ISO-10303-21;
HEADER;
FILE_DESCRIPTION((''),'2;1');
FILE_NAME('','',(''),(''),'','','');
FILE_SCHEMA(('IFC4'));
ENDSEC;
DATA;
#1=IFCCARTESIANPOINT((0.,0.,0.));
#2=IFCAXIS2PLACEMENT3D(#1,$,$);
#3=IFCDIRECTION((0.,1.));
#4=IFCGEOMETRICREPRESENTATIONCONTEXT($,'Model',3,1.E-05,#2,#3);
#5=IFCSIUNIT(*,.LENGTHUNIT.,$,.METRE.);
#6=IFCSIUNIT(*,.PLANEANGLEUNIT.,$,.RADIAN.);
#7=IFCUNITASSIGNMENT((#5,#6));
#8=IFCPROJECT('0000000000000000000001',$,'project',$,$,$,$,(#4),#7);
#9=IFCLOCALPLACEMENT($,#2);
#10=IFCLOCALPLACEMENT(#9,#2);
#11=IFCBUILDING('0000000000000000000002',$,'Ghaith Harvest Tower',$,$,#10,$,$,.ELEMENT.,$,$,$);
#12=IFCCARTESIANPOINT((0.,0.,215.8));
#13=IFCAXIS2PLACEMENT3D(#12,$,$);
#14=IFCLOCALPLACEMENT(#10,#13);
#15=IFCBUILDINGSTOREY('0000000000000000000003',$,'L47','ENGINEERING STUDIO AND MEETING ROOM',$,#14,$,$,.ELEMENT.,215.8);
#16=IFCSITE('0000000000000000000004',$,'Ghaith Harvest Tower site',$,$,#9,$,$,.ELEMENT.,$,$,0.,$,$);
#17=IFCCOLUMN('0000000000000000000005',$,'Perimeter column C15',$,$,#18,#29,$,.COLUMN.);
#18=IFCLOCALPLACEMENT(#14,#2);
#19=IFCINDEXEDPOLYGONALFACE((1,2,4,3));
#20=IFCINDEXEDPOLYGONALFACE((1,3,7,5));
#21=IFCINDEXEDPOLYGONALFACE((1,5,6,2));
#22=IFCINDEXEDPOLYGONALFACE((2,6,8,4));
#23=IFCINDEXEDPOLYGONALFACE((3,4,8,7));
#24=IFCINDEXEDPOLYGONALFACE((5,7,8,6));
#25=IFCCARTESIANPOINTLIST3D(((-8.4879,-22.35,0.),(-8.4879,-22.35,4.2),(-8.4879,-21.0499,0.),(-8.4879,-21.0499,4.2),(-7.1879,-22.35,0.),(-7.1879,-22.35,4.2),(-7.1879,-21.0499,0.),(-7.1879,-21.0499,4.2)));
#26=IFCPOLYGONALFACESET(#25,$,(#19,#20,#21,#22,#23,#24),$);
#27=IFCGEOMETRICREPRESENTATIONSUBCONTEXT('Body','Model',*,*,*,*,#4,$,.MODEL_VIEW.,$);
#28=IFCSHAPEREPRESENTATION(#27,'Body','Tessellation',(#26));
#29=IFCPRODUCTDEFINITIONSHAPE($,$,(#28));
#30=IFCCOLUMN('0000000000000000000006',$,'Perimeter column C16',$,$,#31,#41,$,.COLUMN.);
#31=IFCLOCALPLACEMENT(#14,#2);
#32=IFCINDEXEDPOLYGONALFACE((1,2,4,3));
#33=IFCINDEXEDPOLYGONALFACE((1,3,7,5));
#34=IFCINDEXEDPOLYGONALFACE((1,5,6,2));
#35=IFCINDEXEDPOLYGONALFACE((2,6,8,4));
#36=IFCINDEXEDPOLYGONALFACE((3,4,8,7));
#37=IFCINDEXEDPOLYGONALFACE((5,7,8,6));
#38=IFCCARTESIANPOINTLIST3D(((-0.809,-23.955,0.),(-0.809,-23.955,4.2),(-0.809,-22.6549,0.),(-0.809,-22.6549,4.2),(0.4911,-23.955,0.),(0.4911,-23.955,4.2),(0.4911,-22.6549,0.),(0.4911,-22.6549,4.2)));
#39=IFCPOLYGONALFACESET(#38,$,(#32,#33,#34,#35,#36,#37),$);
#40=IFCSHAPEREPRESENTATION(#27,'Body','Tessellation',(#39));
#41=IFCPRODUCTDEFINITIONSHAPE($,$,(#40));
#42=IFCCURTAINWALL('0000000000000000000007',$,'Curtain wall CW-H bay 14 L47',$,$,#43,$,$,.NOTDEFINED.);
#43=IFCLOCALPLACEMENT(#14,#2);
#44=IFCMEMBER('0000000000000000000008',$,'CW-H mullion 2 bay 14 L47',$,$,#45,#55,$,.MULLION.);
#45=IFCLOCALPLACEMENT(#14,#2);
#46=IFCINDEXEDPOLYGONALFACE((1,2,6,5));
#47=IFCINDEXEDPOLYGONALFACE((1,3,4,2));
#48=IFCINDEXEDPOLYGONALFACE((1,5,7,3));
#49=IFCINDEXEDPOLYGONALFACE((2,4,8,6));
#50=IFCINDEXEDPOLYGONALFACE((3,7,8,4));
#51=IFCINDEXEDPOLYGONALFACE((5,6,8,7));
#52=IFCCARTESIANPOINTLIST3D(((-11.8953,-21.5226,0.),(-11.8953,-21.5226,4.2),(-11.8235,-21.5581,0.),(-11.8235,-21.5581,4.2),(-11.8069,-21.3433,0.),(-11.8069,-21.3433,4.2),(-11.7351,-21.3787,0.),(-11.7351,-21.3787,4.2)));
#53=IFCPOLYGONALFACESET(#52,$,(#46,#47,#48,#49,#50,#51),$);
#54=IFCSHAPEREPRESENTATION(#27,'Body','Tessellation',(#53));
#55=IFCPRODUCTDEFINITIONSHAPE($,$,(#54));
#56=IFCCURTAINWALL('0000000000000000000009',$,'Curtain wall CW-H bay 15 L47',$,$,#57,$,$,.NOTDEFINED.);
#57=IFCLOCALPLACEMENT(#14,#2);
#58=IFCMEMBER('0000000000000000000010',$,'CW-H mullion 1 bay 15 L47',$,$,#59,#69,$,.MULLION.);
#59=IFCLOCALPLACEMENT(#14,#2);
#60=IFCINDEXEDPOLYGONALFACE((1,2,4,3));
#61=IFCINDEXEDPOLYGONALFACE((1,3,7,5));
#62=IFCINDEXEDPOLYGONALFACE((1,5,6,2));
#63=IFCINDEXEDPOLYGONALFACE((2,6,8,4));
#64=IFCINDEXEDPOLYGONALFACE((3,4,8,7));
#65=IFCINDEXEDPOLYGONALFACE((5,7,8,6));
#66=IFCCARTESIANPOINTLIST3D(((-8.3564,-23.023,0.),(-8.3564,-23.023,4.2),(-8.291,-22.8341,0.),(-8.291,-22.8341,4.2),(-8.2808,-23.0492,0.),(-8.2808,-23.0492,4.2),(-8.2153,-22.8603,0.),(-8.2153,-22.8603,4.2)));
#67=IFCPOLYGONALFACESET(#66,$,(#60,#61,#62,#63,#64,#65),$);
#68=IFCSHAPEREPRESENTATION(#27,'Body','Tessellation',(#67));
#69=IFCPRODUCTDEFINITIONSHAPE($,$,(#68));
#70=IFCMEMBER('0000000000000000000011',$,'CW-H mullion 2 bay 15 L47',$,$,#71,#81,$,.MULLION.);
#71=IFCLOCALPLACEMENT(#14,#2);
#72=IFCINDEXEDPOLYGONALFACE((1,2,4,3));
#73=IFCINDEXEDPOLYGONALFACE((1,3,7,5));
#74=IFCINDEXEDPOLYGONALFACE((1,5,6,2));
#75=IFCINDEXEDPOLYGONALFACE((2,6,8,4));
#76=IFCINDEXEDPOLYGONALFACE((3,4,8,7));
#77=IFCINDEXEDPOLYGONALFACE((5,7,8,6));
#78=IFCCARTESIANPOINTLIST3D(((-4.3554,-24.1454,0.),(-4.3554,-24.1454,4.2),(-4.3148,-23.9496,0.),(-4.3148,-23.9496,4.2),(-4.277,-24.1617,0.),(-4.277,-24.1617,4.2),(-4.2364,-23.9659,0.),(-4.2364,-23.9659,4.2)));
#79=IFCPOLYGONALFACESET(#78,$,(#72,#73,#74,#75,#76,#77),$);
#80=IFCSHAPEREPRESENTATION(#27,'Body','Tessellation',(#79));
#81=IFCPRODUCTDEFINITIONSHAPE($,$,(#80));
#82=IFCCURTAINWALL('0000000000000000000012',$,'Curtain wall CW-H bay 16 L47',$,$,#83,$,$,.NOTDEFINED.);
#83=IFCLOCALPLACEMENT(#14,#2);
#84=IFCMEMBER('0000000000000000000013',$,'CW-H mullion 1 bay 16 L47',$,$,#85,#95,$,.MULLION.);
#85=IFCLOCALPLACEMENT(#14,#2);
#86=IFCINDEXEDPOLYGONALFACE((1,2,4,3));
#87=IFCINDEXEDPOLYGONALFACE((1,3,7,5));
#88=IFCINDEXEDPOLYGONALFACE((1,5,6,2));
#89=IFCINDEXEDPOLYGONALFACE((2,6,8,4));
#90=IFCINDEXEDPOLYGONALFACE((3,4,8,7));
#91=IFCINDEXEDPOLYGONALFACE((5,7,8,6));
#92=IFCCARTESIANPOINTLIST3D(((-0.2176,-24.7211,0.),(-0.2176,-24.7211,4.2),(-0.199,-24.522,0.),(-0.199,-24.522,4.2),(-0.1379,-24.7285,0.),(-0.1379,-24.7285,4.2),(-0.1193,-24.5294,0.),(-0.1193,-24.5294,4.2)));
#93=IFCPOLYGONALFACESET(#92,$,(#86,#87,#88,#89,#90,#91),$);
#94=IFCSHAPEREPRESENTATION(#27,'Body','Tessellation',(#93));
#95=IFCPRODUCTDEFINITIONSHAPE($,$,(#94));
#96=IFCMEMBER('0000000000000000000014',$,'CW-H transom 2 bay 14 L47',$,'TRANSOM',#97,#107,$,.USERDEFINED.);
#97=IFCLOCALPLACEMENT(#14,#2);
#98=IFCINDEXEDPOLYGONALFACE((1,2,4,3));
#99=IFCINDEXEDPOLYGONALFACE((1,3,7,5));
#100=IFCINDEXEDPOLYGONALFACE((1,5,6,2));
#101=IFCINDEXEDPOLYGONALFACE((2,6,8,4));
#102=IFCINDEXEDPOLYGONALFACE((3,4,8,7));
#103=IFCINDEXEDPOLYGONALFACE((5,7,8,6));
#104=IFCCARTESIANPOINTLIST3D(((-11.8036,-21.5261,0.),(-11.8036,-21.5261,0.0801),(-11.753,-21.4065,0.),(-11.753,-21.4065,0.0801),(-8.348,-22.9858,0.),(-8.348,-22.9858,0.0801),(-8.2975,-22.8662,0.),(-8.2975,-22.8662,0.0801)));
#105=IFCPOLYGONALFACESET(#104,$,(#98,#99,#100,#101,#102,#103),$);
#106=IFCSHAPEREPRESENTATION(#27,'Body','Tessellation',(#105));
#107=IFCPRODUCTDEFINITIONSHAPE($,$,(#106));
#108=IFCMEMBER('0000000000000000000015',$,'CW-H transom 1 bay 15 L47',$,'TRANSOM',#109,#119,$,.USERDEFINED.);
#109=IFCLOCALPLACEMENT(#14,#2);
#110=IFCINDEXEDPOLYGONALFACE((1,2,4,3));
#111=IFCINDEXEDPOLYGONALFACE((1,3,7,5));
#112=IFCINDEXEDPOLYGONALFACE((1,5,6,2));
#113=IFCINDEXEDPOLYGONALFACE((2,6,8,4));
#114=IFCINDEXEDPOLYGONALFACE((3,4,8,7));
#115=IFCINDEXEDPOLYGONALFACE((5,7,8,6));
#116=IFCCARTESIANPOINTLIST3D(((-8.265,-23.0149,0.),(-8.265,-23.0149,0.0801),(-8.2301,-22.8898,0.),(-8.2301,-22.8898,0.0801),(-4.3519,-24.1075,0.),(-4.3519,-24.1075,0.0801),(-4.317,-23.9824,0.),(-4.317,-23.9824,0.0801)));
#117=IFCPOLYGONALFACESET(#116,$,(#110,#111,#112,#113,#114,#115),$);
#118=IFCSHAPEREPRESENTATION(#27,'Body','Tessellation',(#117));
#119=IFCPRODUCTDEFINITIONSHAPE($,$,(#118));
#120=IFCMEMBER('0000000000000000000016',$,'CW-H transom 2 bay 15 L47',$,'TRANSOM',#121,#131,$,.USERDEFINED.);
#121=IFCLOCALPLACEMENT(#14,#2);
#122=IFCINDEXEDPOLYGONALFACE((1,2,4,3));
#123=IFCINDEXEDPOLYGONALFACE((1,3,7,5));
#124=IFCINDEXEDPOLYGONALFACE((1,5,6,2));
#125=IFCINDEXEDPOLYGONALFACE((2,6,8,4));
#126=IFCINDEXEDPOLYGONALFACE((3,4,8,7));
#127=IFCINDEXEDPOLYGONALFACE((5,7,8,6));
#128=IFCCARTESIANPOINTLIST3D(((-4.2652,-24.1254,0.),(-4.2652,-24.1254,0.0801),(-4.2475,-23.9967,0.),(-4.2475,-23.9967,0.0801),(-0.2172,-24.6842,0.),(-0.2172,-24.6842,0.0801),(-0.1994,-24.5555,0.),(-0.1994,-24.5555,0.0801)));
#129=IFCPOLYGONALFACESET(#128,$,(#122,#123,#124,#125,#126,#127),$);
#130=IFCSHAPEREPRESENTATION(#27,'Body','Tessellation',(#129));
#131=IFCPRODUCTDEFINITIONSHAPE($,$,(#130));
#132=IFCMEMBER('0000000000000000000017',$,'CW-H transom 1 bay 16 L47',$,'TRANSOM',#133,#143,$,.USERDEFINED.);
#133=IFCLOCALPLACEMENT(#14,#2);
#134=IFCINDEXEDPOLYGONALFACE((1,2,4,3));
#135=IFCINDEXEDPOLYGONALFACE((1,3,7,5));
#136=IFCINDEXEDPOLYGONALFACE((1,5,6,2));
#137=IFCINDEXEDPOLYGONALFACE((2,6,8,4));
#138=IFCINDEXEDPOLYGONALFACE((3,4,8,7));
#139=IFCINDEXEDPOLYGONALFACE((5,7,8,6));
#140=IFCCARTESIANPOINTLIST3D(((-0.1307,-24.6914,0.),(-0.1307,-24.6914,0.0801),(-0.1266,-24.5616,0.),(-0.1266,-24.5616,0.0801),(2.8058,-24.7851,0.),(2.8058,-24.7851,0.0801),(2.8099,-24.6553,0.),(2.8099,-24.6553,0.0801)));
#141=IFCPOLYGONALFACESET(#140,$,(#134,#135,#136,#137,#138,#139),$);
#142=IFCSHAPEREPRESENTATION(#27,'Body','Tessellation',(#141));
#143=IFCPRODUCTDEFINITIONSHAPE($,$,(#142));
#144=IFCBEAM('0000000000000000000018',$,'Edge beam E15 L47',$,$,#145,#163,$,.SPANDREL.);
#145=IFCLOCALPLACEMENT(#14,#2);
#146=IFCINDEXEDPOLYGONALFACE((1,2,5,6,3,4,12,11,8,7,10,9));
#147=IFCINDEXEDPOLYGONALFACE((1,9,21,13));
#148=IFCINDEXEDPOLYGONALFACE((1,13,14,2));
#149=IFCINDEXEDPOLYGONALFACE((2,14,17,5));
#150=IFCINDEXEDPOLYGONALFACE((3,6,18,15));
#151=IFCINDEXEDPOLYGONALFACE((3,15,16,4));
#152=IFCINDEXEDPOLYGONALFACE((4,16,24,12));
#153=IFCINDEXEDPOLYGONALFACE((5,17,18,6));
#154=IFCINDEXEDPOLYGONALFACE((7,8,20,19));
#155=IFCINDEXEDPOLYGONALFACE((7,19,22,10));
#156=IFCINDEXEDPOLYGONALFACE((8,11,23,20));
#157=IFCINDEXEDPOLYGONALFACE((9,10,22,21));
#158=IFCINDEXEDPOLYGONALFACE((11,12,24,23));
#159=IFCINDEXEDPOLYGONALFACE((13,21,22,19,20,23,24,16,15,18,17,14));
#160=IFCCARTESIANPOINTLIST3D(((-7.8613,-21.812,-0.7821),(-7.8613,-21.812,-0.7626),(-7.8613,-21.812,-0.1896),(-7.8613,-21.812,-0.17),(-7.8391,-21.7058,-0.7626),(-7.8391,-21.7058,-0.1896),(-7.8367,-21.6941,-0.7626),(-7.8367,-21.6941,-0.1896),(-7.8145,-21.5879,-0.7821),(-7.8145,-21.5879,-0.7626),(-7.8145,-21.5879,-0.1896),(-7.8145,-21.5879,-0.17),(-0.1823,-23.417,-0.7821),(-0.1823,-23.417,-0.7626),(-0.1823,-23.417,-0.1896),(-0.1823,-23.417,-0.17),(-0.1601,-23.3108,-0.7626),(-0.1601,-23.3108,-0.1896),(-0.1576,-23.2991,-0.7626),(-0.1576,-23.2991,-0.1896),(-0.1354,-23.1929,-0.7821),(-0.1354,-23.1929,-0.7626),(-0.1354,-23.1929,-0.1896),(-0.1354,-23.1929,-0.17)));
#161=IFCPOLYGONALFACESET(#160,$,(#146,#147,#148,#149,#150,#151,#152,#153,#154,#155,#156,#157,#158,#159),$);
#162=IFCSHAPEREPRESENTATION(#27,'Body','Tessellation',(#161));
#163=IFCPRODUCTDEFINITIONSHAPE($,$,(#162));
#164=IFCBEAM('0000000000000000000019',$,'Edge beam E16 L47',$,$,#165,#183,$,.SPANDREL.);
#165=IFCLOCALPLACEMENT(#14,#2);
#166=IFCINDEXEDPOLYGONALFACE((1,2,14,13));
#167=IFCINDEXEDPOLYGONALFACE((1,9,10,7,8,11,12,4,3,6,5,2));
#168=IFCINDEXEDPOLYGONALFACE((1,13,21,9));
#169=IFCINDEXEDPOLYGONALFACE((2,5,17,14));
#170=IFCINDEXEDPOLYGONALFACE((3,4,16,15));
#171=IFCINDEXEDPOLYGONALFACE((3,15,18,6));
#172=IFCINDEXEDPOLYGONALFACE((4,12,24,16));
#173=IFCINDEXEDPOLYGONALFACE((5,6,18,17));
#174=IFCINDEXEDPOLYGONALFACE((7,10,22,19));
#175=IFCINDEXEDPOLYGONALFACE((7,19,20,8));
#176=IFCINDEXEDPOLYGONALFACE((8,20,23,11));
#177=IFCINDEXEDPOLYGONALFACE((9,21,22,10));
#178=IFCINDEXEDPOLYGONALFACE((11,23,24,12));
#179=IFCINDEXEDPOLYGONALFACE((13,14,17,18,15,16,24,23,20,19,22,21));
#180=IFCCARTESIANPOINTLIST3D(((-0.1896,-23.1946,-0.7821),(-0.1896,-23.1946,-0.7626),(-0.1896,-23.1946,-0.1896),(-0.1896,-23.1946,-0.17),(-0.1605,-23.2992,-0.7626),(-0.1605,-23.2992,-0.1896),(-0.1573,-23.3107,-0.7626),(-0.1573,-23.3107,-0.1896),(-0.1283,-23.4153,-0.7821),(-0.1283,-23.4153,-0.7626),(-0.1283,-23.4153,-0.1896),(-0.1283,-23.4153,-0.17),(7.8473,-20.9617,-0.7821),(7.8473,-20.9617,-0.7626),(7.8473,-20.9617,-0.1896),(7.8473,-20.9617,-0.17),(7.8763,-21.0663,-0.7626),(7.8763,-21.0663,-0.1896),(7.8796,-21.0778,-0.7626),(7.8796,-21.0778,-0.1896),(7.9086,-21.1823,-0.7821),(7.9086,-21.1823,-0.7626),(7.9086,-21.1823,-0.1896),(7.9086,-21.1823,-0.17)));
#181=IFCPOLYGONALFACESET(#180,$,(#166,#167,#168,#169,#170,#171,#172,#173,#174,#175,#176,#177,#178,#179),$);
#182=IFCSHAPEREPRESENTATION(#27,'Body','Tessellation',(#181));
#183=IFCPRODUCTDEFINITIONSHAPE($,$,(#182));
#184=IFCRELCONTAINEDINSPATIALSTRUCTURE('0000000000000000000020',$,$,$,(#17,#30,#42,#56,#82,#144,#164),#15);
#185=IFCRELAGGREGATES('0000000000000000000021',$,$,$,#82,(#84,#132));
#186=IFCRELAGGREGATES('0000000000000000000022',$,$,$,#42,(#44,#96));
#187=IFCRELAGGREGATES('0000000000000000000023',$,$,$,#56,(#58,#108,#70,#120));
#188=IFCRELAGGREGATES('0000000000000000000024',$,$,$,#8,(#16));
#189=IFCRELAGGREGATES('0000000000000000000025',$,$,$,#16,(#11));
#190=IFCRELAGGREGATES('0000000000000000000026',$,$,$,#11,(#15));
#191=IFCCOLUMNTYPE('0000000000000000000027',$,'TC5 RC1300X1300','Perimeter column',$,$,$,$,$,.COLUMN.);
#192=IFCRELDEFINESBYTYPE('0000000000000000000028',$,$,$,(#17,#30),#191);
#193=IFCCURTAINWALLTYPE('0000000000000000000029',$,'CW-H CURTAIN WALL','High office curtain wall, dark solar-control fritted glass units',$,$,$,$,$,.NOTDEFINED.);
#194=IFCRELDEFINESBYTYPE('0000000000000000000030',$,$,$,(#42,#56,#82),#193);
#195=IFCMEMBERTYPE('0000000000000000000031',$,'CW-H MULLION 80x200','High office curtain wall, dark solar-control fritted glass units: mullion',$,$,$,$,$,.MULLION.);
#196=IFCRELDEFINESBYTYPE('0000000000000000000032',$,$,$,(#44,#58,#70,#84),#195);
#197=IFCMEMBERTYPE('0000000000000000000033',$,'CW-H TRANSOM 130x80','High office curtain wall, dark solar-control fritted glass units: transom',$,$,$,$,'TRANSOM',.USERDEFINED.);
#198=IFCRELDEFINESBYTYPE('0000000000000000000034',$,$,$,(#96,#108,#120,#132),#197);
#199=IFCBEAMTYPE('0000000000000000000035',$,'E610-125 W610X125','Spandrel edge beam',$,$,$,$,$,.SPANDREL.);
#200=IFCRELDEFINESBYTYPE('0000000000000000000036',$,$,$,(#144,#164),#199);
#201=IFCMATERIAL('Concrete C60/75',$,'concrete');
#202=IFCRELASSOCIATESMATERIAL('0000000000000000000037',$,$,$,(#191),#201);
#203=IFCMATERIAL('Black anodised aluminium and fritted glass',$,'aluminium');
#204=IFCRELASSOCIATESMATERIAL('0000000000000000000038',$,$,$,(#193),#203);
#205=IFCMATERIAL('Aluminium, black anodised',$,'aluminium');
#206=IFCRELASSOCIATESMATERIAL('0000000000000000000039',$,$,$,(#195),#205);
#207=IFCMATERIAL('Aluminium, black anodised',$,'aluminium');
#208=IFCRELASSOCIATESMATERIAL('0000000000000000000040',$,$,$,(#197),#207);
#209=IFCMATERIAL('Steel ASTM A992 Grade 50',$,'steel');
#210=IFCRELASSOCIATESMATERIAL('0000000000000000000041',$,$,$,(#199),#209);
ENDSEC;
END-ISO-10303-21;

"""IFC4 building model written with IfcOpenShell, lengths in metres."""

from ifc_helpers import new_model, si_unit, direction, frame, origin, origin_2d, place, context, subcontext, project, spatial, rectangle, i_section, extrude, material, material_profile, profile_set, type_object, element, aggregate, save


model = new_model("IFC4")

# Units and contexts
model_context = context("Model", 3, precision=1e-05, world=origin(), true_north=direction((0.0, 1.0)))
body_context = subcontext(model_context, "Body", "Model", "MODEL_VIEW")
ifc_project = project(units=[si_unit("LENGTHUNIT", "METRE"), si_unit("PLANEANGLEUNIT", "RADIAN")], contexts=[model_context])

# Site, building, storey
site_placement = place(None, origin())
site = spatial("IfcSite", under=ifc_project, at=site_placement, Name="Ghaith Harvest Tower site", CompositionType="ELEMENT", RefElevation=0.0)
building_placement = place(site_placement, origin())
building = spatial("IfcBuilding", under=site, at=building_placement, Name="Ghaith Harvest Tower", CompositionType="ELEMENT")
storey_placement = place(building_placement, frame((0.0, 0.0, 215.8)))
storey = spatial("IfcBuildingStorey", under=building, at=storey_placement, Name="L47", Description="ENGINEERING STUDIO AND MEETING ROOM", CompositionType="ELEMENT", Elevation=215.8)

# Columns
ifc_material_1 = material(Name="Concrete C60/75", Category="concrete")
ifc_material_profile_1 = material_profile(ifc_material_1, rectangle(XDim=1.3, YDim=1.3, at=origin_2d()), Name="RC1300X1300")
ifc_profile_set_1 = profile_set([ifc_material_profile_1], Name="Concrete C60/75")
column_type = type_object("IfcColumnType", Name="TC5 RC1300X1300", Description="Perimeter column", PredefinedType="COLUMN", material=ifc_profile_set_1)
for number, where, z_axis, x_axis, name in (
    (1, (-7.8379, -21.7, 0.0), (0.0, 0.0, 1.0), (1.0, 0.0, 0.0), "Perimeter column C15"),
    (2, (-0.1589, -23.3049, 0.0), (0.0, 0.0, 1.0), (1.0, 0.0, 0.0), "Perimeter column C16"),
):
    element("IfcColumn", number, at=place(storey_placement, frame(where, z_axis=z_axis, x_axis=x_axis)), inside=storey, type_object=column_type, Name=name, PredefinedType="COLUMN", context=body_context, shape_type="SweptSolid", body=[
        extrude(rectangle(XDim=1.3, YDim=1.3, at=origin_2d()), origin(), (0.0, 0.0, 1.0), 4.2),
    ])

# Curtain wall, member
ifc_material_2 = material(Name="Black anodised aluminium and fritted glass", Category="aluminium")
curtain_wall_type = type_object("IfcCurtainWallType", Name="CW-H CURTAIN WALL", Description="High office curtain wall, dark solar-control fritted glass units", PredefinedType="NOTDEFINED", material=ifc_material_2)
curtain_wall_1_placement = place(storey_placement, origin())
curtain_wall_1 = element("IfcCurtainWall", 3, at=curtain_wall_1_placement, inside=storey, type_object=curtain_wall_type, Name="Curtain wall CW-H bay 14 L47", PredefinedType="NOTDEFINED")
ifc_material_3 = material(Name="Aluminium, black anodised", Category="aluminium")
ifc_material_profile_2 = material_profile(ifc_material_3, rectangle(XDim=0.0801, YDim=0.2, at=origin_2d()), Name="CW-H MULLION 80x200")
ifc_profile_set_2 = profile_set([ifc_material_profile_2], Name="Aluminium, black anodised")
member_type_1 = type_object("IfcMemberType", Name="CW-H MULLION 80x200", Description="High office curtain wall, dark solar-control fritted glass units: mullion", PredefinedType="MULLION", material=ifc_profile_set_2)
member_1_placement = place(storey_placement, frame((-11.8152, -21.4507, 0.0), z_axis=(0.0, 0.0, 1.0), x_axis=(0.896853, -0.442329, 0.0)))
member_1 = element("IfcMember", 4, at=member_1_placement, type_object=member_type_1, Name="CW-H mullion 2 bay 14 L47", PredefinedType="MULLION", context=body_context, shape_type="SweptSolid", body=[
    extrude(rectangle(XDim=0.0801, YDim=0.2, at=origin_2d()), origin(), (0.0, 0.0, 1.0), 4.2),
])

# Curtain wall, members
curtain_wall_2_placement = place(storey_placement, origin())
curtain_wall_2 = element("IfcCurtainWall", 5, at=curtain_wall_2_placement, inside=storey, type_object=curtain_wall_type, Name="Curtain wall CW-H bay 15 L47", PredefinedType="NOTDEFINED")
member_2_placement = place(storey_placement, frame((-8.2859, -22.9417, 0.0), z_axis=(0.0, 0.0, 1.0), x_axis=(0.944906, -0.327342, 0.0)))
member_2 = element("IfcMember", 6, at=member_2_placement, type_object=member_type_1, Name="CW-H mullion 1 bay 15 L47", PredefinedType="MULLION", context=body_context, shape_type="SweptSolid", body=[
    extrude(rectangle(XDim=0.0801, YDim=0.2, at=origin_2d()), origin(), (0.0, 0.0, 1.0), 4.2),
])
member_3_placement = place(storey_placement, frame((-4.2959, -24.0557, 0.0), z_axis=(0.0, 0.0, 1.0), x_axis=(0.979161, -0.203084, 0.0)))
member_3 = element("IfcMember", 7, at=member_3_placement, type_object=member_type_1, Name="CW-H mullion 2 bay 15 L47", PredefinedType="MULLION", context=body_context, shape_type="SweptSolid", body=[
    extrude(rectangle(XDim=0.0801, YDim=0.2, at=origin_2d()), origin(), (0.0, 0.0, 1.0), 4.2),
])

# Curtain wall, member
curtain_wall_3_placement = place(storey_placement, origin())
curtain_wall_3 = element("IfcCurtainWall", 8, at=curtain_wall_3_placement, inside=storey, type_object=curtain_wall_type, Name="Curtain wall CW-H bay 16 L47", PredefinedType="NOTDEFINED")
member_4_placement = place(storey_placement, frame((-0.1685, -24.6252, 0.0), z_axis=(0.0, 0.0, 1.0), x_axis=(0.995685, -0.092802, 0.0)))
member_4 = element("IfcMember", 9, at=member_4_placement, type_object=member_type_1, Name="CW-H mullion 1 bay 16 L47", PredefinedType="MULLION", context=body_context, shape_type="SweptSolid", body=[
    extrude(rectangle(XDim=0.0801, YDim=0.2, at=origin_2d()), origin(), (0.0, 0.0, 1.0), 4.2),
])

# Members
ifc_material_4 = material(Name="Aluminium, black anodised", Category="aluminium")
ifc_material_profile_3 = material_profile(ifc_material_4, rectangle(XDim=0.1299, YDim=0.0801, at=origin_2d()), Name="CW-H TRANSOM 130x80")
ifc_profile_set_3 = profile_set([ifc_material_profile_3], Name="Aluminium, black anodised")
member_type_2 = type_object("IfcMemberType", Name="CW-H TRANSOM 130x80", Description="High office curtain wall, dark solar-control fritted glass units: transom", ElementType="TRANSOM", PredefinedType="USERDEFINED", material=ifc_profile_set_3)
member_5_placement = place(storey_placement, frame((-11.7783, -21.4663, 0.04), z_axis=(0.921183, -0.38913, 0.0), x_axis=(0.38913, 0.921183, 0.0)))
member_5 = element("IfcMember", 10, at=member_5_placement, type_object=member_type_2, Name="CW-H transom 2 bay 14 L47", ObjectType="TRANSOM", PredefinedType="USERDEFINED", context=body_context, shape_type="SweptSolid", body=[
    extrude(rectangle(XDim=0.1299, YDim=0.0801, at=origin_2d()), origin(), (0.0, 0.0, 1.0), 3.7512),
])
member_6_placement = place(storey_placement, frame((-8.2476, -22.9524, 0.04), z_axis=(0.963164, -0.268914, 0.0), x_axis=(0.268914, 0.963164, 0.0)))
member_6 = element("IfcMember", 11, at=member_6_placement, type_object=member_type_2, Name="CW-H transom 1 bay 15 L47", ObjectType="TRANSOM", PredefinedType="USERDEFINED", context=body_context, shape_type="SweptSolid", body=[
    extrude(rectangle(XDim=0.1299, YDim=0.0801, at=origin_2d()), origin(), (0.0, 0.0, 1.0), 4.0627),
])
member_7_placement = place(storey_placement, frame((-4.2563, -24.061, 0.04), z_axis=(0.990605, -0.136753, 0.0), x_axis=(0.136753, 0.990605, 0.0)))
member_7 = element("IfcMember", 12, at=member_7_placement, type_object=member_type_2, Name="CW-H transom 2 bay 15 L47", ObjectType="TRANSOM", PredefinedType="USERDEFINED", context=body_context, shape_type="SweptSolid", body=[
    extrude(rectangle(XDim=0.1299, YDim=0.0801, at=origin_2d()), origin(), (0.0, 0.0, 1.0), 4.0864),
])
member_8_placement = place(storey_placement, frame((-0.1287, -24.6265, 0.04), z_axis=(0.999491, -0.031909, 0.0), x_axis=(0.031909, 0.999491, 0.0)))
member_8 = element("IfcMember", 13, at=member_8_placement, type_object=member_type_2, Name="CW-H transom 1 bay 16 L47", ObjectType="TRANSOM", PredefinedType="USERDEFINED", context=body_context, shape_type="SweptSolid", body=[
    extrude(rectangle(XDim=0.1299, YDim=0.0801, at=origin_2d()), origin(), (0.0, 0.0, 1.0), 2.938),
])
aggregate(curtain_wall_3, [member_4, member_8])

# Beams
ifc_material_5 = material(Name="Steel ASTM A992 Grade 50", Category="steel")
ifc_material_profile_4 = material_profile(ifc_material_5, i_section(OverallWidth=0.229, OverallDepth=0.6121, WebThickness=0.012, FlangeThickness=0.0195, at=origin_2d()), Name="W610X125")
ifc_profile_set_4 = profile_set([ifc_material_profile_4], Name="Steel ASTM A992 Grade 50")
beam_type_1 = type_object("IfcBeamType", Name="E610-125 W610X125", Description="Spandrel edge beam", PredefinedType="SPANDREL", material=ifc_profile_set_4)
beam_1_placement = place(storey_placement, frame((-7.8379, -21.7, -0.4761), z_axis=(0.978848, -0.204589, 0.0), x_axis=(0.204589, 0.978848, 0.0)))
element("IfcBeam", 14, at=beam_1_placement, inside=storey, type_object=beam_type_1, Name="Edge beam E15 L47", PredefinedType="SPANDREL", context=body_context, shape_type="SweptSolid", body=[
    extrude(i_section(OverallWidth=0.229, OverallDepth=0.6121, WebThickness=0.012, FlangeThickness=0.0195, at=origin_2d()), origin(), (0.0, 0.0, 1.0), 7.845),
])
beam_2_placement = place(storey_placement, frame((-0.1589, -23.3049, -0.4761), z_axis=(0.963504, 0.267694, 0.0), x_axis=(-0.267694, 0.963504, 0.0)))
element("IfcBeam", 15, at=beam_2_placement, inside=storey, type_object=beam_type_1, Name="Edge beam E16 L47", PredefinedType="SPANDREL", context=body_context, shape_type="SweptSolid", body=[
    extrude(i_section(OverallWidth=0.229, OverallDepth=0.6121, WebThickness=0.012, FlangeThickness=0.0195, at=origin_2d()), origin(), (0.0, 0.0, 1.0), 8.3413),
])

aggregate(curtain_wall_1, [member_1, member_5])
aggregate(curtain_wall_2, [member_2, member_6, member_3, member_7])

save(model, "model.ifc")
